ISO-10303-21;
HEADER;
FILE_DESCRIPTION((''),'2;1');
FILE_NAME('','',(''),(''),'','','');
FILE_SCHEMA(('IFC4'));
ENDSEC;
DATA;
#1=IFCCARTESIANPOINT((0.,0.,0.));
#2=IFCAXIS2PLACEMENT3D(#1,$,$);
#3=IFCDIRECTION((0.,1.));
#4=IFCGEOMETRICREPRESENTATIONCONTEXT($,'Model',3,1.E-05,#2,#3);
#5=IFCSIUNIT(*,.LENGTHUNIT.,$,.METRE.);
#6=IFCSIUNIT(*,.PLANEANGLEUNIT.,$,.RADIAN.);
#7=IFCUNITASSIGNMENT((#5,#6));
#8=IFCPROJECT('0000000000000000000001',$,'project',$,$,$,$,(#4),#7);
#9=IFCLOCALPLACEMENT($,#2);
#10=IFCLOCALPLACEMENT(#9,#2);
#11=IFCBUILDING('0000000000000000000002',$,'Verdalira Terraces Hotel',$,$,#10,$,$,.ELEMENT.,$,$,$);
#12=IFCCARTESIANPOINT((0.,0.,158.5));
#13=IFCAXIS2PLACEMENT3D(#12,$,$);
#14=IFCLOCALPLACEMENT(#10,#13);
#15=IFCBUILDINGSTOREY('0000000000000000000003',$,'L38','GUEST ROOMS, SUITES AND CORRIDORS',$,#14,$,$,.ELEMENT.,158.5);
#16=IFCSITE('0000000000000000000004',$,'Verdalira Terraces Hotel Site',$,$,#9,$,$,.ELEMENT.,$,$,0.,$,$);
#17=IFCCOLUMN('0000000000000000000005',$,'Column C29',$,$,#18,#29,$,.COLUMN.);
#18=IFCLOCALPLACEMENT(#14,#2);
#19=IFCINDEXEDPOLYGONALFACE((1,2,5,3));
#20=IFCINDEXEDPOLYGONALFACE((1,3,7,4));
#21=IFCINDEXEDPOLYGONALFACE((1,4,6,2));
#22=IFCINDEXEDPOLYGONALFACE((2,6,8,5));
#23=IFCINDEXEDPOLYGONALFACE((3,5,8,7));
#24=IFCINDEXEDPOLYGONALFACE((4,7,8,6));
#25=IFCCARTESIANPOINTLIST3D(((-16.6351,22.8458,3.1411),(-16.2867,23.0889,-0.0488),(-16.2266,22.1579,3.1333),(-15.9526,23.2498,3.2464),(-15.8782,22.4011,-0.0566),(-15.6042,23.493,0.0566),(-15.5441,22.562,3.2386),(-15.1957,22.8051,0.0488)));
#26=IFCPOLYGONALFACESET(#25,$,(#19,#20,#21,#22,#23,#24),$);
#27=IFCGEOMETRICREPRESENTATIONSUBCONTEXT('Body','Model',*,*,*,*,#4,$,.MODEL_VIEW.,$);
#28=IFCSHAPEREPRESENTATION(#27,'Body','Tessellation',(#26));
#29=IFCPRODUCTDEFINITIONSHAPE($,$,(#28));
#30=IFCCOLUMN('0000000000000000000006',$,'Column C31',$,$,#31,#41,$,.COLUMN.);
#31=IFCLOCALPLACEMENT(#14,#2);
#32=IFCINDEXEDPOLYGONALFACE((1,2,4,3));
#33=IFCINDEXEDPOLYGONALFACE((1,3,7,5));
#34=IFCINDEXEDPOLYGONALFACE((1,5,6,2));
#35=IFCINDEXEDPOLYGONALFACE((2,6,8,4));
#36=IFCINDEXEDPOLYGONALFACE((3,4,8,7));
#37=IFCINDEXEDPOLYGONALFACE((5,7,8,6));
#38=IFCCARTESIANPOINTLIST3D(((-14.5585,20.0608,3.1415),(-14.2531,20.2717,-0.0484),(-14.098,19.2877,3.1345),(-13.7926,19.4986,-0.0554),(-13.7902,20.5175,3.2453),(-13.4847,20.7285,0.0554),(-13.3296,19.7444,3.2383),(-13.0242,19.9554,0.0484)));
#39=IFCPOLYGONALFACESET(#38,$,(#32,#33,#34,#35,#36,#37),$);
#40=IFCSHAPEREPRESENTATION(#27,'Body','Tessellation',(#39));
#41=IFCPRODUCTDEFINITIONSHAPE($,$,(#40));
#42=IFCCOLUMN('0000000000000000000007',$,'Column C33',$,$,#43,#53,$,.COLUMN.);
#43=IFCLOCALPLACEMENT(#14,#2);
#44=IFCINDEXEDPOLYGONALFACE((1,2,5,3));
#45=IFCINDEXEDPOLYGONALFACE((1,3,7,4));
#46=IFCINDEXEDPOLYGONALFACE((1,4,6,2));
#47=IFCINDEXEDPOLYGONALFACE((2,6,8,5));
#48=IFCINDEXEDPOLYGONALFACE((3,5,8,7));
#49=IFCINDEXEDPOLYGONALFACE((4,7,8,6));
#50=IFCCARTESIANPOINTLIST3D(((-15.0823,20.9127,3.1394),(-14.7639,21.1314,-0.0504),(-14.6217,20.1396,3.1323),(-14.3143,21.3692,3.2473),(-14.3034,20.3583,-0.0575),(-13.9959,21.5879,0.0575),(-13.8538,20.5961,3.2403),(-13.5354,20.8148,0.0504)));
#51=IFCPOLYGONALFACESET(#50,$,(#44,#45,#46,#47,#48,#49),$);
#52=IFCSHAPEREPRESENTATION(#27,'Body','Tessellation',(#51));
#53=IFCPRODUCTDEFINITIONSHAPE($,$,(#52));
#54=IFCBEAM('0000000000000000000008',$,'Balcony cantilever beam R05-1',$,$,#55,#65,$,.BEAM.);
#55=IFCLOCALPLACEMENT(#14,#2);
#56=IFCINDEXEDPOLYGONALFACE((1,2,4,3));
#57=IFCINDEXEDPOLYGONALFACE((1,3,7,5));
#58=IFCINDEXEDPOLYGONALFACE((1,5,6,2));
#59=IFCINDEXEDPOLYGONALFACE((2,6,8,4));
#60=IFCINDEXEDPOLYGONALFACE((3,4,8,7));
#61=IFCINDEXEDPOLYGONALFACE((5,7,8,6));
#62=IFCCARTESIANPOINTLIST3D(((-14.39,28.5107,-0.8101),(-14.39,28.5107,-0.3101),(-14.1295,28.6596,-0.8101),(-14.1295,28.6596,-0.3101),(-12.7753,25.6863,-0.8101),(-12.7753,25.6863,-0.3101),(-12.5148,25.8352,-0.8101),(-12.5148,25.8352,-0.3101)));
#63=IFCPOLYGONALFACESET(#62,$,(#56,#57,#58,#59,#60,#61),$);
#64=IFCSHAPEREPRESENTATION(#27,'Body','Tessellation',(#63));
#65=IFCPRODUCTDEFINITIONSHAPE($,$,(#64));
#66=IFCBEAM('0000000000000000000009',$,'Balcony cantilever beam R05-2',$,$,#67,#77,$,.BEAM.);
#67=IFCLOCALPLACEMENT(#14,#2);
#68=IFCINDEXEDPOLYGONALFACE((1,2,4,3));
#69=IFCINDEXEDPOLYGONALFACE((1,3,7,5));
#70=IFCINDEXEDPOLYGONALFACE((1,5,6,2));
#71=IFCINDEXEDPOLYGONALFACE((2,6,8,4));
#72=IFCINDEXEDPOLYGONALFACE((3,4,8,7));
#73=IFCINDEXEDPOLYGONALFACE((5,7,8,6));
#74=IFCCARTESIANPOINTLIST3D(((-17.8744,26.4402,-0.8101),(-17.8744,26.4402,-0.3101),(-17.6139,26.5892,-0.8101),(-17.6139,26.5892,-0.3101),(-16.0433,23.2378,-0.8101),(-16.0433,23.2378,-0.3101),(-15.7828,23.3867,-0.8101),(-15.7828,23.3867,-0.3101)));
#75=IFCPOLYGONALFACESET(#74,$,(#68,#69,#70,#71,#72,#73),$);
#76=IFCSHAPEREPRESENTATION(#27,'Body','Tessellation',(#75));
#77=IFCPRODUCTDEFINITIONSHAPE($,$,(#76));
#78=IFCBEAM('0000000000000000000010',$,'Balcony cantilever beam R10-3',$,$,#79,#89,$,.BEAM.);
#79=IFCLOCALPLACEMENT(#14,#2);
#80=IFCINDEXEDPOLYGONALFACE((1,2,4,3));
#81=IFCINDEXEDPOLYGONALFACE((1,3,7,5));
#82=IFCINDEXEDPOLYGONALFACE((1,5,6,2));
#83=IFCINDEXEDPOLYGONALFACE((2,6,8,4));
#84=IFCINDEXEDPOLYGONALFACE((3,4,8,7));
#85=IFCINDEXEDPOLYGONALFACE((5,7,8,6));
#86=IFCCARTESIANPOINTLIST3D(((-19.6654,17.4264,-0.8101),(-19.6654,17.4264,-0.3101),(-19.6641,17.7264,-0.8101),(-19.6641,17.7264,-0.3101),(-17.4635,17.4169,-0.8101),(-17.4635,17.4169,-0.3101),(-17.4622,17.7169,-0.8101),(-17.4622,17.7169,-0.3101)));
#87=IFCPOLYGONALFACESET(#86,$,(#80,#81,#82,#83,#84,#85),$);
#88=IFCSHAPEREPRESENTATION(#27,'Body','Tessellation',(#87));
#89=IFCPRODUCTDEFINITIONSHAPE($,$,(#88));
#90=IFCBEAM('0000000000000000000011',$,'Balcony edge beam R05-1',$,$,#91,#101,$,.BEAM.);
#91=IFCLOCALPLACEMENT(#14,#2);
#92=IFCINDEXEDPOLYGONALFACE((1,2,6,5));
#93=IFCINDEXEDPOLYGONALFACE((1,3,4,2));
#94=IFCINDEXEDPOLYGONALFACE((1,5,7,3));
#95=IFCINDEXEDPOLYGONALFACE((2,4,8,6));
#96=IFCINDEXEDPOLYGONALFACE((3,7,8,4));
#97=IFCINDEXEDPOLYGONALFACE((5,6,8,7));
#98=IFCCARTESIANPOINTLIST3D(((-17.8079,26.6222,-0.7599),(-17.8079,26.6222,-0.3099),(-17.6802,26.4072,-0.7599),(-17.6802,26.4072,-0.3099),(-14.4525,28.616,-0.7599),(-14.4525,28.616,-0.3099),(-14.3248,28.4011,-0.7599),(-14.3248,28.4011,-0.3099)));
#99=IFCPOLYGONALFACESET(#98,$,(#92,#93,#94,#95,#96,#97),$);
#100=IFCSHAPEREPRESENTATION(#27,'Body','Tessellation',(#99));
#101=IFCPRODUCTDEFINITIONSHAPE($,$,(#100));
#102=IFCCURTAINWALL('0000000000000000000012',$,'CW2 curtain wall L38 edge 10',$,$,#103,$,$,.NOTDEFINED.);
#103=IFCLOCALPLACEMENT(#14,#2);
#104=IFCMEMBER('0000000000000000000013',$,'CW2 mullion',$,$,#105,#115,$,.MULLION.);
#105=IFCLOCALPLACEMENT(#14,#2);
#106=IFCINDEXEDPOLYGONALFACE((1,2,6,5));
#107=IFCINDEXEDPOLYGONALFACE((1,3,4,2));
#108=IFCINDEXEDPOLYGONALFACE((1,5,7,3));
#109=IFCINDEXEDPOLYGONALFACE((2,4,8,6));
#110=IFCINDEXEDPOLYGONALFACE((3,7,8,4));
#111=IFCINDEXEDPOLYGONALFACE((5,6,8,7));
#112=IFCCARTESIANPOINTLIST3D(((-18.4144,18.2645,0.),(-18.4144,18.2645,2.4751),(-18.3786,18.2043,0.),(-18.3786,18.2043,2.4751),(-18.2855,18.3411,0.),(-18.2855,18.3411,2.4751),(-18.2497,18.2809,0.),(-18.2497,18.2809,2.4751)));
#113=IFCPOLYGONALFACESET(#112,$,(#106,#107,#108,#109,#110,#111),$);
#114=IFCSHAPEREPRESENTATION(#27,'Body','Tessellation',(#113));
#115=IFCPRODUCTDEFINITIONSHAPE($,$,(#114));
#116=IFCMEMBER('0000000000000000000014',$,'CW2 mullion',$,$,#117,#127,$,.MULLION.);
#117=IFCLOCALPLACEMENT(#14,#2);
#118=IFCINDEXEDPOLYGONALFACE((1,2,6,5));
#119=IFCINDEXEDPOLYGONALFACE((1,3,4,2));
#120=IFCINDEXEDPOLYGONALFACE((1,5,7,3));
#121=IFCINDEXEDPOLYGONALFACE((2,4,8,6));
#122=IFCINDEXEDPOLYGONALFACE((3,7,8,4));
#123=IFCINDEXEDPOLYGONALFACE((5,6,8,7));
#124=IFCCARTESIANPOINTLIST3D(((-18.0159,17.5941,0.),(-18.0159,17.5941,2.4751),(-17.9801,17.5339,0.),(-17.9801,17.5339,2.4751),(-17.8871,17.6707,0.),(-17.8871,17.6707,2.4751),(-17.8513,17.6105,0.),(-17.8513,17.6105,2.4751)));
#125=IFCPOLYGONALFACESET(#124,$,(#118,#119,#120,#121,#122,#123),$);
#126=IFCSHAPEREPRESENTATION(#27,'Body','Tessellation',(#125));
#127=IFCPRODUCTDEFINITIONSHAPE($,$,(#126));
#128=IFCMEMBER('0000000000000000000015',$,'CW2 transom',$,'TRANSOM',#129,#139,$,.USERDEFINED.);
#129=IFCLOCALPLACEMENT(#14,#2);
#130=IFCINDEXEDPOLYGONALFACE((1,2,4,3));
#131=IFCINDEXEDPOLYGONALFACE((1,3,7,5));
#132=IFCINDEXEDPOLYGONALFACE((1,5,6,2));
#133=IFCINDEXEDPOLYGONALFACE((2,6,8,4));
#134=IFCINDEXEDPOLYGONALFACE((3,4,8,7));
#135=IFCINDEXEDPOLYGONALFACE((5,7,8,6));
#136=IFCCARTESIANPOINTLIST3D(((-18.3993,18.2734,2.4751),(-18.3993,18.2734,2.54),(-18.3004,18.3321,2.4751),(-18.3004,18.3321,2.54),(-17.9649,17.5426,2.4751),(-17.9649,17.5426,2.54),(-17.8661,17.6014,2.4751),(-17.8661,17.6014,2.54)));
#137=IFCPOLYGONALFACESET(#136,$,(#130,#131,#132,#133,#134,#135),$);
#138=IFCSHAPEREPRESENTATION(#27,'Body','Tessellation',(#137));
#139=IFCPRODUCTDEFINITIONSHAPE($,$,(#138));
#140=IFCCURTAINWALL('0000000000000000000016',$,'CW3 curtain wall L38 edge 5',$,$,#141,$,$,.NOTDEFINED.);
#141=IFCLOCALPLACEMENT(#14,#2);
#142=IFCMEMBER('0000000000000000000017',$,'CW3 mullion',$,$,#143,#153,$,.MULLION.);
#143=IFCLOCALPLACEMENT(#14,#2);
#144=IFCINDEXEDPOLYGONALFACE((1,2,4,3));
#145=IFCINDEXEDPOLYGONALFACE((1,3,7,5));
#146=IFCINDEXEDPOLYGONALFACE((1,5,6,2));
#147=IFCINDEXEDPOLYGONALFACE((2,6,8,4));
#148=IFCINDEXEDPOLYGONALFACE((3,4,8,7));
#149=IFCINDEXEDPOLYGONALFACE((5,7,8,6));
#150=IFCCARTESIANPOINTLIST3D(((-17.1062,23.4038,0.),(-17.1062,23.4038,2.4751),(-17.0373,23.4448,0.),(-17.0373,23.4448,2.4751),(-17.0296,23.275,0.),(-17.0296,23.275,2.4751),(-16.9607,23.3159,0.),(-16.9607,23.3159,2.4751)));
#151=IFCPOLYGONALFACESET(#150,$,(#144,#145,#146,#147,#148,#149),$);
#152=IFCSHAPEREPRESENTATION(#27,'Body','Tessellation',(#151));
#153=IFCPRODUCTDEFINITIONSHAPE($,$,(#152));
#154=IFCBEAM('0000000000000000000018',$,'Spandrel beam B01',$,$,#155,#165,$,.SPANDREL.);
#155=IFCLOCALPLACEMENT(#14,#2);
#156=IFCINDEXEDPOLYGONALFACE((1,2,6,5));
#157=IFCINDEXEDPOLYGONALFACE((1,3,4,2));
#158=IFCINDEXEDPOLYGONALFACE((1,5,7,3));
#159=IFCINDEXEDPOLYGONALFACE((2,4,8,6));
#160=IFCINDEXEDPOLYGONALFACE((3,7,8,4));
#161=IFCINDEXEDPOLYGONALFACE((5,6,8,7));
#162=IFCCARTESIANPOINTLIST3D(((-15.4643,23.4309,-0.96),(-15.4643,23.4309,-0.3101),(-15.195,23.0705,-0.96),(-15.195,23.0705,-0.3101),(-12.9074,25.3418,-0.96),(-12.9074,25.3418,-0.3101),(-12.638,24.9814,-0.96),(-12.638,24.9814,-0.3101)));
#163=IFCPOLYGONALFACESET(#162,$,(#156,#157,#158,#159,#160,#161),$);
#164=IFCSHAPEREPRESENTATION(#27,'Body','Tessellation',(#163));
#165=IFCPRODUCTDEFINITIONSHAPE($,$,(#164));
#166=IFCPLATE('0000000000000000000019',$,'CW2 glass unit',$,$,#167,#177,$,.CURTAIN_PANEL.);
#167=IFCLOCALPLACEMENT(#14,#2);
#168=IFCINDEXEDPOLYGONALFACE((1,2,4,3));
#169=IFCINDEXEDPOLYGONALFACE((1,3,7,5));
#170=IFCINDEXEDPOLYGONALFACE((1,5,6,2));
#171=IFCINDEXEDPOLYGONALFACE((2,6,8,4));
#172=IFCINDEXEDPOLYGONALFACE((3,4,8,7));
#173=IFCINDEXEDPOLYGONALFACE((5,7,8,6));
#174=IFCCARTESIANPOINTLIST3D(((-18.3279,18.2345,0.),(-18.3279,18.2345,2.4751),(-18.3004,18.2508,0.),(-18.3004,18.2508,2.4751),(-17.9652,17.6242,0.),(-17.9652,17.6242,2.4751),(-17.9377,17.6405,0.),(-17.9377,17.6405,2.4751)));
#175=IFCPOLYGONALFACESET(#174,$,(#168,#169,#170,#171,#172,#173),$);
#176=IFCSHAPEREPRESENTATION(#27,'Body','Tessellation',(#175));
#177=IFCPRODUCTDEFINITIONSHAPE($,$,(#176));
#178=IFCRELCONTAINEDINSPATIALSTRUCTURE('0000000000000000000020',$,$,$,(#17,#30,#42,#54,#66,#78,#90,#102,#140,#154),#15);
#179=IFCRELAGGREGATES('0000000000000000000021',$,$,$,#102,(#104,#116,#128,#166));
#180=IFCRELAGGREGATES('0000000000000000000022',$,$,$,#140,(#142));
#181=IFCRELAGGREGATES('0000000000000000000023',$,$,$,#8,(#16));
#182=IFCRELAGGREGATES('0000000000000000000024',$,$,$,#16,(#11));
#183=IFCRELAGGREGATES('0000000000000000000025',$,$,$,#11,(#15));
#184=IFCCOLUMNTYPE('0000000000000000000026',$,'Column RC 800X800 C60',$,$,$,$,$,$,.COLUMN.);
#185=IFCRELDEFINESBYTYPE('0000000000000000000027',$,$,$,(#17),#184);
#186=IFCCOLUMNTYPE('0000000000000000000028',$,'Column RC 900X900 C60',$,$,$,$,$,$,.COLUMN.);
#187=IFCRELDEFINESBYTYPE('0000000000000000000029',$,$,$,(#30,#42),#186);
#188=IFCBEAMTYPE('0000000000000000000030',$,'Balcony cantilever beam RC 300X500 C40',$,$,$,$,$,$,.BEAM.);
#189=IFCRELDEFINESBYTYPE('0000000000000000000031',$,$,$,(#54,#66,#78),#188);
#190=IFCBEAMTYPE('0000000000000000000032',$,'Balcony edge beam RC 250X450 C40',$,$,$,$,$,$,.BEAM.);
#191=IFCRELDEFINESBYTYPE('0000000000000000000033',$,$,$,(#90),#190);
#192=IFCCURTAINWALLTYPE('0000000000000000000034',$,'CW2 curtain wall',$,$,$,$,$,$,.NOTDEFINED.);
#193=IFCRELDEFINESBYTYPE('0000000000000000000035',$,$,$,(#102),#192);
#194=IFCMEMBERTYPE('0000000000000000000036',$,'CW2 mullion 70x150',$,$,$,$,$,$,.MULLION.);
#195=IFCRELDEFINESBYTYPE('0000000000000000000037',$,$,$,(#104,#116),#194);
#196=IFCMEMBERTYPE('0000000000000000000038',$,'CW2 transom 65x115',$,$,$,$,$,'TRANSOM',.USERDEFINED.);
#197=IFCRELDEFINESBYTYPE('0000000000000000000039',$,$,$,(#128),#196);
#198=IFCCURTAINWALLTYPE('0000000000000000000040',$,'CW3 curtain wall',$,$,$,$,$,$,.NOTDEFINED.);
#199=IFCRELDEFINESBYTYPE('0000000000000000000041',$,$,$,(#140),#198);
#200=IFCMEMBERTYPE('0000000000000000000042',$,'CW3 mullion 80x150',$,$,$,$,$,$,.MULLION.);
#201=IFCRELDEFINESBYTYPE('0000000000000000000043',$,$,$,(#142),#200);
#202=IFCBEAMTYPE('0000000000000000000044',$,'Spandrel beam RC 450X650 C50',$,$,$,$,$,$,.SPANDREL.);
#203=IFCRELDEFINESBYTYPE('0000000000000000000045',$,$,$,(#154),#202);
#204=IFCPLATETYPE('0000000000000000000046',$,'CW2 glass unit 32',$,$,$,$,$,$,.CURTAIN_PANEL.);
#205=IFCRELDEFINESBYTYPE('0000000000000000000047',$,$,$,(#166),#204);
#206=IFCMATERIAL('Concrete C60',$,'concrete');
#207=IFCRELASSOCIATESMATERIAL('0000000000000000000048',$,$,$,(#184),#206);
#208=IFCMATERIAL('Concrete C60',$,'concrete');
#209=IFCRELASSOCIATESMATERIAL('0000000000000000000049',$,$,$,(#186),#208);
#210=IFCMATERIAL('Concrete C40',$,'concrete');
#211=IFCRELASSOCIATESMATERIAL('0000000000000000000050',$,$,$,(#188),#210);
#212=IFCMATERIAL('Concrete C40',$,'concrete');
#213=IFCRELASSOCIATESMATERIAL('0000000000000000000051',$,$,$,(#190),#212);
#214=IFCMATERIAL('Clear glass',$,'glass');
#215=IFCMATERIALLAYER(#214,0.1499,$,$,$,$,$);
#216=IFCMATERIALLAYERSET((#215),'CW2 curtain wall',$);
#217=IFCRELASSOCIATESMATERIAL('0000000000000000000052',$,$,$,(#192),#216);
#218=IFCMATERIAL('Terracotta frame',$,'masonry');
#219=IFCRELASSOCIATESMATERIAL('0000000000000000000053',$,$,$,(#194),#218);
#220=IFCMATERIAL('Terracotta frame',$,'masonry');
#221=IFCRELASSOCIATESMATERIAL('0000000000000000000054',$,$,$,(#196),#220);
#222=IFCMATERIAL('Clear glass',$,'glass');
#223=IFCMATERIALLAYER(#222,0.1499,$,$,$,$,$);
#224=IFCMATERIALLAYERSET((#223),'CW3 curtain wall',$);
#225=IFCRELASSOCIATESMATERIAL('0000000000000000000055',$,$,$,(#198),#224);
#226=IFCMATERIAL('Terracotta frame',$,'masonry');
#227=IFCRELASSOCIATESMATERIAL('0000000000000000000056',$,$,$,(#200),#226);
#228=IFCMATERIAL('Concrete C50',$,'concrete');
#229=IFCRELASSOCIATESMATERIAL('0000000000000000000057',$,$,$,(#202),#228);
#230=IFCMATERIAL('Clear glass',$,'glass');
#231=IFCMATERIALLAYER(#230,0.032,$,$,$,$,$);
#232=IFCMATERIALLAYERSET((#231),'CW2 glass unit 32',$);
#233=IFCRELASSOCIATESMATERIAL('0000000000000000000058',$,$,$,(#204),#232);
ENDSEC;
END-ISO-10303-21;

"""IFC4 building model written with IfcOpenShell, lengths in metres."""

from ifc_helpers import new_model, si_unit, direction, frame, origin, origin_2d, place, context, subcontext, project, spatial, rectangle, extrude, material, layer, layer_set, material_profile, profile_set, type_object, element, aggregate, save


model = new_model("IFC4")

# Units and contexts
model_context = context("Model", 3, precision=1e-05, world=origin(), true_north=direction((0.0, 1.0)))
body_context = subcontext(model_context, "Body", "Model", "MODEL_VIEW")
ifc_project = project(units=[si_unit("LENGTHUNIT", "METRE"), si_unit("PLANEANGLEUNIT", "RADIAN")], contexts=[model_context])

# Site, building, storey
site_placement = place(None, origin())
site = spatial("IfcSite", under=ifc_project, at=site_placement, Name="Verdalira Terraces Hotel Site", CompositionType="ELEMENT", RefElevation=0.0)
building_placement = place(site_placement, origin())
building = spatial("IfcBuilding", under=site, at=building_placement, Name="Verdalira Terraces Hotel", CompositionType="ELEMENT")
storey_placement = place(building_placement, frame((0.0, 0.0, 158.5)))
storey = spatial("IfcBuildingStorey", under=building, at=storey_placement, Name="L38", Description="GUEST ROOMS, SUITES AND CORRIDORS", CompositionType="ELEMENT", Elevation=158.5)

# Columns
ifc_material_1 = material(Name="Concrete C60", Category="concrete")
ifc_material_profile_1 = material_profile(ifc_material_1, rectangle(XDim=0.8, YDim=0.8, at=origin_2d()), Name="RC 800X800")
ifc_profile_set_1 = profile_set([ifc_material_profile_1], Name="Concrete C60")
column_type_1 = type_object("IfcColumnType", Name="Column RC 800X800 C60", PredefinedType="COLUMN", material=ifc_profile_set_1)
column_1_placement = place(storey_placement, frame((-15.7412, 22.947, 0.0), z_axis=(-0.108259, -0.075561, 0.991247), x_axis=(-0.852985, -0.505058, -0.131658)))
element("IfcColumn", 1, at=column_1_placement, inside=storey, type_object=column_type_1, Name="Column C29", PredefinedType="COLUMN", context=body_context, shape_type="SweptSolid", body=[
    extrude(rectangle(XDim=0.8, YDim=0.8, at=origin_2d()), origin(), (0.0, 0.0, 1.0), 3.218),
])
ifc_material_2 = material(Name="Concrete C60", Category="concrete")
ifc_material_profile_2 = material_profile(ifc_material_2, rectangle(XDim=0.8999, YDim=0.8999, at=origin_2d()), Name="RC 900X900")
ifc_profile_set_2 = profile_set([ifc_material_profile_2], Name="Concrete C60")
column_type_2 = type_object("IfcColumnType", Name="Column RC 900X900 C60", PredefinedType="COLUMN", material=ifc_profile_set_2)
column_2_placement = place(storey_placement, frame((-13.6387, 20.1135, 0.0), z_axis=(-0.095103, -0.065683, 0.993298), x_axis=(-0.511759, 0.859094, 0.00781)))
element("IfcColumn", 2, at=column_2_placement, inside=storey, type_object=column_type_2, Name="Column C31", PredefinedType="COLUMN", context=body_context, shape_type="SweptSolid", body=[
    extrude(rectangle(XDim=0.8999, YDim=0.8999, at=origin_2d()), origin(), (0.0, 0.0, 1.0), 3.2114),
])
column_3_placement = place(storey_placement, frame((-14.1497, 20.9731, 0.0), z_axis=(-0.099077, -0.068078, 0.992748), x_axis=(-0.511762, 0.859091, 0.007838)))
element("IfcColumn", 3, at=column_3_placement, inside=storey, type_object=column_type_2, Name="Column C33", PredefinedType="COLUMN", context=body_context, shape_type="SweptSolid", body=[
    extrude(rectangle(XDim=0.8999, YDim=0.8999, at=origin_2d()), origin(), (0.0, 0.0, 1.0), 3.2131),
])

# Beams
ifc_material_3 = material(Name="Concrete C40", Category="concrete")
ifc_material_profile_3 = material_profile(ifc_material_3, rectangle(XDim=0.3, YDim=0.5, at=origin_2d()), Name="RC 300X500")
ifc_profile_set_3 = profile_set([ifc_material_profile_3], Name="Concrete C40")
beam_type_1 = type_object("IfcBeamType", Name="Balcony cantilever beam RC 300X500 C40", PredefinedType="BEAM", material=ifc_profile_set_3)
beam_1_placement = place(storey_placement, frame((-12.645, 25.7607, -0.5601), z_axis=(-0.496317, 0.868142, 0.0), x_axis=(-0.868142, -0.496317, 0.0)))
element("IfcBeam", 4, at=beam_1_placement, inside=storey, type_object=beam_type_1, Name="Balcony cantilever beam R05-1", PredefinedType="BEAM", context=body_context, shape_type="SweptSolid", body=[
    extrude(rectangle(XDim=0.3, YDim=0.5, at=origin_2d()), origin(), (0.0, 0.0, 1.0), 3.2534),
])
beam_2_placement = place(storey_placement, frame((-15.9131, 23.3123, -0.5601), z_axis=(-0.496367, 0.868113, 0.0), x_axis=(-0.868113, -0.496367, 0.0)))
element("IfcBeam", 5, at=beam_2_placement, inside=storey, type_object=beam_type_1, Name="Balcony cantilever beam R05-2", PredefinedType="BEAM", context=body_context, shape_type="SweptSolid", body=[
    extrude(rectangle(XDim=0.3, YDim=0.5, at=origin_2d()), origin(), (0.0, 0.0, 1.0), 3.689),
])
beam_3_placement = place(storey_placement, frame((-17.4629, 17.5669, -0.5601), z_axis=(-0.999991, 0.004324, 0.0), x_axis=(-0.004324, -0.999991, 0.0)))
element("IfcBeam", 6, at=beam_3_placement, inside=storey, type_object=beam_type_1, Name="Balcony cantilever beam R10-3", PredefinedType="BEAM", context=body_context, shape_type="SweptSolid", body=[
    extrude(rectangle(XDim=0.3, YDim=0.5, at=origin_2d()), origin(), (0.0, 0.0, 1.0), 2.2019),
])
ifc_material_4 = material(Name="Concrete C40", Category="concrete")
ifc_material_profile_4 = material_profile(ifc_material_4, rectangle(XDim=0.25, YDim=0.45, at=origin_2d()), Name="RC 250X450")
ifc_profile_set_4 = profile_set([ifc_material_profile_4], Name="Concrete C40")
beam_type_2 = type_object("IfcBeamType", Name="Balcony edge beam RC 250X450 C40", PredefinedType="BEAM", material=ifc_profile_set_4)
beam_4_placement = place(storey_placement, frame((-14.3887, 28.5085, -0.5349), z_axis=(-0.859676, -0.510839, 0.0), x_axis=(0.510839, -0.859676, 0.0)))
element("IfcBeam", 7, at=beam_4_placement, inside=storey, type_object=beam_type_2, Name="Balcony edge beam R05-1", PredefinedType="BEAM", context=body_context, shape_type="SweptSolid", body=[
    extrude(rectangle(XDim=0.25, YDim=0.45, at=origin_2d()), origin(), (0.0, 0.0, 1.0), 3.9031),
])

# Curtain wall, members
ifc_material_5 = material(Name="Clear glass", Category="glass")
ifc_layer_1 = layer(ifc_material_5, 0.1499)
ifc_layer_set_1 = layer_set([ifc_layer_1], Name="CW2 curtain wall")
curtain_wall_type_1 = type_object("IfcCurtainWallType", Name="CW2 curtain wall", PredefinedType="NOTDEFINED", material=ifc_layer_set_1)
curtain_wall_1_placement = place(storey_placement, origin())
curtain_wall_1 = element("IfcCurtainWall", 8, at=curtain_wall_1_placement, inside=storey, type_object=curtain_wall_type_1, Name="CW2 curtain wall L38 edge 10", PredefinedType="NOTDEFINED")
ifc_material_6 = material(Name="Terracotta frame", Category="masonry")
ifc_material_profile_5 = material_profile(ifc_material_6, rectangle(XDim=0.0701, YDim=0.1499, at=origin_2d()), Name="MU 70x150")
ifc_profile_set_5 = profile_set([ifc_material_profile_5], Name="Terracotta frame")
member_type_1 = type_object("IfcMemberType", Name="CW2 mullion 70x150", PredefinedType="MULLION", material=ifc_profile_set_5)
member_1_placement = place(storey_placement, frame((-18.332, 18.2727, 0.0), z_axis=(0.0, 0.0, 1.0), x_axis=(0.510843, -0.859674, 0.0)))
member_1 = element("IfcMember", 9, at=member_1_placement, type_object=member_type_1, Name="CW2 mullion", PredefinedType="MULLION", context=body_context, shape_type="SweptSolid", body=[
    extrude(rectangle(XDim=0.0701, YDim=0.1499, at=origin_2d()), origin(), (0.0, 0.0, 1.0), 2.4751),
])
member_2_placement = place(storey_placement, frame((-17.9336, 17.6023, 0.0), z_axis=(0.0, 0.0, 1.0), x_axis=(0.510843, -0.859674, 0.0)))
member_2 = element("IfcMember", 10, at=member_2_placement, type_object=member_type_1, Name="CW2 mullion", PredefinedType="MULLION", context=body_context, shape_type="SweptSolid", body=[
    extrude(rectangle(XDim=0.0701, YDim=0.1499, at=origin_2d()), origin(), (0.0, 0.0, 1.0), 2.4751),
])
ifc_material_7 = material(Name="Terracotta frame", Category="masonry")
ifc_material_profile_6 = material_profile(ifc_material_7, rectangle(XDim=0.115, YDim=0.0649, at=origin_2d()), Name="TR 65x115")
ifc_profile_set_6 = profile_set([ifc_material_profile_6], Name="Terracotta frame")
member_type_2 = type_object("IfcMemberType", Name="CW2 transom 65x115", ElementType="TRANSOM", PredefinedType="USERDEFINED", material=ifc_profile_set_6)
member_3_placement = place(storey_placement, frame((-18.3499, 18.3027, 2.5076), z_axis=(0.510943, -0.859614, 0.0), x_axis=(0.859614, 0.510943, 0.0)))
member_3 = element("IfcMember", 11, at=member_3_placement, type_object=member_type_2, Name="CW2 transom", ObjectType="TRANSOM", PredefinedType="USERDEFINED", context=body_context, shape_type="SweptSolid", body=[
    extrude(rectangle(XDim=0.115, YDim=0.0649, at=origin_2d()), origin(), (0.0, 0.0, 1.0), 0.8501),
])

# Curtain wall, member
ifc_material_8 = material(Name="Clear glass", Category="glass")
ifc_layer_2 = layer(ifc_material_8, 0.1499)
ifc_layer_set_2 = layer_set([ifc_layer_2], Name="CW3 curtain wall")
curtain_wall_type_2 = type_object("IfcCurtainWallType", Name="CW3 curtain wall", PredefinedType="NOTDEFINED", material=ifc_layer_set_2)
curtain_wall_2_placement = place(storey_placement, origin())
curtain_wall_2 = element("IfcCurtainWall", 12, at=curtain_wall_2_placement, inside=storey, type_object=curtain_wall_type_2, Name="CW3 curtain wall L38 edge 5", PredefinedType="NOTDEFINED")
ifc_material_9 = material(Name="Terracotta frame", Category="masonry")
ifc_material_profile_7 = material_profile(ifc_material_9, rectangle(XDim=0.0801, YDim=0.1499, at=origin_2d()), Name="MU 80x150")
ifc_profile_set_7 = profile_set([ifc_material_profile_7], Name="Terracotta frame")
member_type_3 = type_object("IfcMemberType", Name="CW3 mullion 80x150", PredefinedType="MULLION", material=ifc_profile_set_7)
member_4_placement = place(storey_placement, frame((-17.0334, 23.3599, 0.0), z_axis=(0.0, 0.0, 1.0), x_axis=(-0.859674, -0.510843, 0.0)))
member_4 = element("IfcMember", 13, at=member_4_placement, type_object=member_type_3, Name="CW3 mullion", PredefinedType="MULLION", context=body_context, shape_type="SweptSolid", body=[
    extrude(rectangle(XDim=0.0801, YDim=0.1499, at=origin_2d()), origin(), (0.0, 0.0, 1.0), 2.4751),
])

# Beam
ifc_material_10 = material(Name="Concrete C50", Category="concrete")
ifc_material_profile_8 = material_profile(ifc_material_10, rectangle(XDim=0.45, YDim=0.6499, at=origin_2d()), Name="RC 450X650")
ifc_profile_set_8 = profile_set([ifc_material_profile_8], Name="Concrete C50")
beam_type_3 = type_object("IfcBeamType", Name="Spandrel beam RC 450X650 C50", PredefinedType="SPANDREL", material=ifc_profile_set_8)
beam_5_placement = place(storey_placement, frame((-12.7727, 25.1616, -0.635), z_axis=(-0.801018, -0.598641, 0.0), x_axis=(0.598641, -0.801018, 0.0)))
element("IfcBeam", 14, at=beam_5_placement, inside=storey, type_object=beam_type_3, Name="Spandrel beam B01", PredefinedType="SPANDREL", context=body_context, shape_type="SweptSolid", body=[
    extrude(rectangle(XDim=0.45, YDim=0.6499, at=origin_2d()), origin(), (0.0, 0.0, 1.0), 3.1921),
])

# Plate
ifc_material_11 = material(Name="Clear glass", Category="glass")
ifc_layer_3 = layer(ifc_material_11, 0.032)
ifc_layer_set_3 = layer_set([ifc_layer_3], Name="CW2 glass unit 32")
plate_type_1 = type_object("IfcPlateType", Name="CW2 glass unit 32", PredefinedType="CURTAIN_PANEL", material=ifc_layer_set_3)
plate_1_placement = place(storey_placement, frame((-18.1328, 17.9375, 0.0), z_axis=(0.0, 0.0, 1.0), x_axis=(0.510843, -0.859674, 0.0)))
plate_1 = element("IfcPlate", 15, at=plate_1_placement, type_object=plate_type_1, Name="CW2 glass unit", PredefinedType="CURTAIN_PANEL", context=body_context, shape_type="SweptSolid", body=[
    extrude(rectangle(XDim=0.71, YDim=0.032, at=origin_2d()), origin(), (0.0, 0.0, 1.0), 2.4751),
])
aggregate(curtain_wall_1, [member_1, member_2, member_3, plate_1])
aggregate(curtain_wall_2, [member_4])

save(model, "model.ifc")
